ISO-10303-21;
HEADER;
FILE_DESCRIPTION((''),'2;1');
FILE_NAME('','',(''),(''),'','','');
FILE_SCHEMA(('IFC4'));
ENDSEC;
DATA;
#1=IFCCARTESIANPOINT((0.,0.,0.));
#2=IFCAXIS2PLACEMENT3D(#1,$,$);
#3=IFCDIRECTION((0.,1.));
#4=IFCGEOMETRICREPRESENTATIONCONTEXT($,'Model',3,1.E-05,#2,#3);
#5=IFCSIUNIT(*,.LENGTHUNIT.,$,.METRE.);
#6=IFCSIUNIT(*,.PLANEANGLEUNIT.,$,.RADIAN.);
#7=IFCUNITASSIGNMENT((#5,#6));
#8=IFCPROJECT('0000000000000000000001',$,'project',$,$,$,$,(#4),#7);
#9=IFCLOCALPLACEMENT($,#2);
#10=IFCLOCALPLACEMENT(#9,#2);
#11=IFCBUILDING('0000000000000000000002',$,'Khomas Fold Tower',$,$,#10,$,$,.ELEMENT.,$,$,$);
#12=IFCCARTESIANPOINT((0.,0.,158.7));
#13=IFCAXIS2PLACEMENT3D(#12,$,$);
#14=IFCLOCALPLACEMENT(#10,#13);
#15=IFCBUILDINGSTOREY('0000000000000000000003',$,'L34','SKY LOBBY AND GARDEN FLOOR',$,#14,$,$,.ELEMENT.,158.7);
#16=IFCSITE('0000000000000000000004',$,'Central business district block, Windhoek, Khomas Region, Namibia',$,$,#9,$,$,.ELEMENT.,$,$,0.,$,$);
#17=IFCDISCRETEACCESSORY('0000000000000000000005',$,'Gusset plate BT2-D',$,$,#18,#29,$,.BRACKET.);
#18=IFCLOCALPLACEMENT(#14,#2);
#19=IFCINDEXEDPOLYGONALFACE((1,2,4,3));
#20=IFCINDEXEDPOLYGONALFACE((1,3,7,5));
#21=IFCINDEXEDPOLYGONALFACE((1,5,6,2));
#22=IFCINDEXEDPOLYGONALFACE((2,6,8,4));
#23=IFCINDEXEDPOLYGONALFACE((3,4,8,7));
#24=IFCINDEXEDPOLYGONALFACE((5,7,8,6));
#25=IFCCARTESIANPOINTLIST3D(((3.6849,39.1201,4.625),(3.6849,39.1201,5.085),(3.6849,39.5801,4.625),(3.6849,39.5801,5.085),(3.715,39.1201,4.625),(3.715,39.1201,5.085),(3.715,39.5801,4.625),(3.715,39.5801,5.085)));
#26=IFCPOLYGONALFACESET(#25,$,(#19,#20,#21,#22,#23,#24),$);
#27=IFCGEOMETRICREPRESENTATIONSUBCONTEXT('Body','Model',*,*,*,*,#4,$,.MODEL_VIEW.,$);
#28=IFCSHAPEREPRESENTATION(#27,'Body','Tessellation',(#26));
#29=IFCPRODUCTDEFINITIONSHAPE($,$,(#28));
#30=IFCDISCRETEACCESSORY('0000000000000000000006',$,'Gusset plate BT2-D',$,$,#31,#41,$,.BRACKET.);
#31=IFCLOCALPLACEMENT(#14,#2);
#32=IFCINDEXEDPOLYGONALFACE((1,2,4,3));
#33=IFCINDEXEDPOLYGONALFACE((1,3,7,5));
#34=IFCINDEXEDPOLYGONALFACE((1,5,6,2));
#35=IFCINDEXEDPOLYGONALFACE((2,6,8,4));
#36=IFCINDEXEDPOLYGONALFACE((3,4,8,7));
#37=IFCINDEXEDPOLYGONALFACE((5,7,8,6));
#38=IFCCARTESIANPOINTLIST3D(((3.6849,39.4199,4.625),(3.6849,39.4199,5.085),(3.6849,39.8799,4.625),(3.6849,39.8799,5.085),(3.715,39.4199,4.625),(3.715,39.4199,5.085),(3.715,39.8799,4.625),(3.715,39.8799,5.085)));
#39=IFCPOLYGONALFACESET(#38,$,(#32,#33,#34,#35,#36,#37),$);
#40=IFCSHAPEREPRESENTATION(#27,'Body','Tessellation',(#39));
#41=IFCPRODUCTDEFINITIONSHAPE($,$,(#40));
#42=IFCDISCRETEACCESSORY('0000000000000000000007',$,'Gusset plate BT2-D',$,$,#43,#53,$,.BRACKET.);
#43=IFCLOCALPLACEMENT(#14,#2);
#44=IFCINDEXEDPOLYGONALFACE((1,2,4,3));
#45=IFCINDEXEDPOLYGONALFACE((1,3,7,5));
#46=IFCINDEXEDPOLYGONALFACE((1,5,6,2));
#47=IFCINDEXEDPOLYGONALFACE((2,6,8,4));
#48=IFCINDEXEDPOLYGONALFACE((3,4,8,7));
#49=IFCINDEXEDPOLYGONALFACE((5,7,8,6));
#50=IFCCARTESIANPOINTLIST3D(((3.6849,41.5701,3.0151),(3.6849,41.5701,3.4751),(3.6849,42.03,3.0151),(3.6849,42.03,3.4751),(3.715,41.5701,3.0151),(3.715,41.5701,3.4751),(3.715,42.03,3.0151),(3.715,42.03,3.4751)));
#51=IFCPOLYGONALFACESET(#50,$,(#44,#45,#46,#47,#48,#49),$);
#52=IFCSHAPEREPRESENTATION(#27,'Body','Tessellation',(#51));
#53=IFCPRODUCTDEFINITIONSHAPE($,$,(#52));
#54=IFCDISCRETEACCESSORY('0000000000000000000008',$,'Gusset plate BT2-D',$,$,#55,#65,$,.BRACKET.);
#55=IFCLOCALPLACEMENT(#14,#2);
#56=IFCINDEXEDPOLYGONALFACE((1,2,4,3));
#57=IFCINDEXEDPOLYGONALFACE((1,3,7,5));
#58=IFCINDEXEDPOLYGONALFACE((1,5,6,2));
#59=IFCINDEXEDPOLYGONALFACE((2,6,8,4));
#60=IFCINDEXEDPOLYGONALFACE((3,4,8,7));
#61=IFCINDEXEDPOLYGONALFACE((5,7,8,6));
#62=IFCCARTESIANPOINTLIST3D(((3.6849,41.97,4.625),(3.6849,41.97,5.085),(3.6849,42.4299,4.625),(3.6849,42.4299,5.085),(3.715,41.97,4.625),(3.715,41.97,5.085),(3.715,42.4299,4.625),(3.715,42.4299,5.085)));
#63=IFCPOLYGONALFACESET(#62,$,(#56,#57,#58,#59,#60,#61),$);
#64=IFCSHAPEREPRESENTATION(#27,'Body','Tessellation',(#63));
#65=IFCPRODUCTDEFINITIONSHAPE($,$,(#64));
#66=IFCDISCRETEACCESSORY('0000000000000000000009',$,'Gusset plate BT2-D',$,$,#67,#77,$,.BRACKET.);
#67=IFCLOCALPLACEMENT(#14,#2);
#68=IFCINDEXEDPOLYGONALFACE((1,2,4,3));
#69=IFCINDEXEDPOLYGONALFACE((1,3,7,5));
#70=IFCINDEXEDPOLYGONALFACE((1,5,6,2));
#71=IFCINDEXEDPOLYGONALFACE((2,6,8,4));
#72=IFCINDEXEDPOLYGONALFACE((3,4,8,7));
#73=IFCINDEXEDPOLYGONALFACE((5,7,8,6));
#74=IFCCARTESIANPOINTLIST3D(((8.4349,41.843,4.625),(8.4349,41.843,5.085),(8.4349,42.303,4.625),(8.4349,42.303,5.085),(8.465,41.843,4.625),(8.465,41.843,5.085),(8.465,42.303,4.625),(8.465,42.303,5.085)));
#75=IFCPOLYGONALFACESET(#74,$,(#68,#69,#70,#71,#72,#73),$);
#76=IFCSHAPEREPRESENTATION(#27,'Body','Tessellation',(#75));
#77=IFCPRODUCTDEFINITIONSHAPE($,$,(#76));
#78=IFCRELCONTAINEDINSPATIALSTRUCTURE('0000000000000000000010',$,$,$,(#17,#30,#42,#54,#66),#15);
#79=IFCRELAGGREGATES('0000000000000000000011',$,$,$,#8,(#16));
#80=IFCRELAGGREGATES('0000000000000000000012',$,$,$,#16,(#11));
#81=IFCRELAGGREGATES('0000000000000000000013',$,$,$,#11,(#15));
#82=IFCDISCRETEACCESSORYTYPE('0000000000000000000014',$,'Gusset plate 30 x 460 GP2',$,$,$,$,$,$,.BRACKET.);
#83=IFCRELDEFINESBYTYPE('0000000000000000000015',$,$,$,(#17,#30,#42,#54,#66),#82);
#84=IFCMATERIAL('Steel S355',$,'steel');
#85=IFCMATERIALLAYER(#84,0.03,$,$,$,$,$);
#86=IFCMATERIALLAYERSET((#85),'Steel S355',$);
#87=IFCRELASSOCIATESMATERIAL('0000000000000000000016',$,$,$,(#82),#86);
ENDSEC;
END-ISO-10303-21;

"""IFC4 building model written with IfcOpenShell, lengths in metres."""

from ifc_helpers import new_model, si_unit, direction, frame, origin, origin_2d, place, context, subcontext, project, spatial, rectangle, extrude, source, transform, mapped, material, layer, layer_set, type_object, element, save


model = new_model("IFC4")

# Units and contexts
model_context = context("Model", 3, precision=1e-05, world=origin(), true_north=direction((0.0, 1.0)))
body_context = subcontext(model_context, "Body", "Model", "MODEL_VIEW")
ifc_project = project(units=[si_unit("LENGTHUNIT", "METRE"), si_unit("PLANEANGLEUNIT", "RADIAN")], contexts=[model_context])

# Site, building, storey
site_placement = place(None, origin())
site = spatial("IfcSite", under=ifc_project, at=site_placement, Name="Central business district block, Windhoek, Khomas Region, Namibia", CompositionType="ELEMENT", RefElevation=0.0)
building_placement = place(site_placement, origin())
building = spatial("IfcBuilding", under=site, at=building_placement, Name="Khomas Fold Tower", CompositionType="ELEMENT")
storey_placement = place(building_placement, frame((0.0, 0.0, 158.7)))
storey = spatial("IfcBuildingStorey", under=building, at=storey_placement, Name="L34", Description="SKY LOBBY AND GARDEN FLOOR", CompositionType="ELEMENT", Elevation=158.7)

# Discrete accessories
ifc_material_1 = material(Name="Steel S355", Category="steel")
ifc_layer_1 = layer(ifc_material_1, 0.03)
ifc_layer_set_1 = layer_set([ifc_layer_1], Name="Steel S355")
discrete_accessory_type = type_object("IfcDiscreteAccessoryType", Name="Gusset plate 30 x 460 GP2", PredefinedType="BRACKET", material=ifc_layer_set_1)
shared_shape_1 = source(origin(), body_context, "Body", "SweptSolid", [
    extrude(rectangle(XDim=0.46, YDim=0.03, at=origin_2d()), origin(), (0.0, 0.0, 1.0), 0.46),
])
for number, where, z_axis, x_axis, name in (
    (1, (3.7, 39.3501, 4.625), (0.0, 0.0, 1.0), (0.0, 1.0, 0.0), "Gusset plate BT2-D"),
    (2, (3.7, 39.6499, 4.625), (0.0, 0.0, 1.0), (0.0, 1.0, 0.0), "Gusset plate BT2-D"),
    (3, (3.7, 41.8, 3.0151), (0.0, 0.0, 1.0), (0.0, 1.0, 0.0), "Gusset plate BT2-D"),
    (4, (3.7, 42.2, 4.625), (0.0, 0.0, 1.0), (0.0, 1.0, 0.0), "Gusset plate BT2-D"),
    (5, (8.45, 42.073, 4.625), (0.0, 0.0, 1.0), (0.0, 1.0, 0.0), "Gusset plate BT2-D"),
):
    element("IfcDiscreteAccessory", number, at=place(storey_placement, frame(where, z_axis=z_axis, x_axis=x_axis)), inside=storey, type_object=discrete_accessory_type, Name=name, PredefinedType="BRACKET", context=body_context, shape_type="MappedRepresentation", body=[
        mapped(shared_shape_1, transform((0.0, 0.0, 0.0))),
    ])

save(model, "model.ifc")
